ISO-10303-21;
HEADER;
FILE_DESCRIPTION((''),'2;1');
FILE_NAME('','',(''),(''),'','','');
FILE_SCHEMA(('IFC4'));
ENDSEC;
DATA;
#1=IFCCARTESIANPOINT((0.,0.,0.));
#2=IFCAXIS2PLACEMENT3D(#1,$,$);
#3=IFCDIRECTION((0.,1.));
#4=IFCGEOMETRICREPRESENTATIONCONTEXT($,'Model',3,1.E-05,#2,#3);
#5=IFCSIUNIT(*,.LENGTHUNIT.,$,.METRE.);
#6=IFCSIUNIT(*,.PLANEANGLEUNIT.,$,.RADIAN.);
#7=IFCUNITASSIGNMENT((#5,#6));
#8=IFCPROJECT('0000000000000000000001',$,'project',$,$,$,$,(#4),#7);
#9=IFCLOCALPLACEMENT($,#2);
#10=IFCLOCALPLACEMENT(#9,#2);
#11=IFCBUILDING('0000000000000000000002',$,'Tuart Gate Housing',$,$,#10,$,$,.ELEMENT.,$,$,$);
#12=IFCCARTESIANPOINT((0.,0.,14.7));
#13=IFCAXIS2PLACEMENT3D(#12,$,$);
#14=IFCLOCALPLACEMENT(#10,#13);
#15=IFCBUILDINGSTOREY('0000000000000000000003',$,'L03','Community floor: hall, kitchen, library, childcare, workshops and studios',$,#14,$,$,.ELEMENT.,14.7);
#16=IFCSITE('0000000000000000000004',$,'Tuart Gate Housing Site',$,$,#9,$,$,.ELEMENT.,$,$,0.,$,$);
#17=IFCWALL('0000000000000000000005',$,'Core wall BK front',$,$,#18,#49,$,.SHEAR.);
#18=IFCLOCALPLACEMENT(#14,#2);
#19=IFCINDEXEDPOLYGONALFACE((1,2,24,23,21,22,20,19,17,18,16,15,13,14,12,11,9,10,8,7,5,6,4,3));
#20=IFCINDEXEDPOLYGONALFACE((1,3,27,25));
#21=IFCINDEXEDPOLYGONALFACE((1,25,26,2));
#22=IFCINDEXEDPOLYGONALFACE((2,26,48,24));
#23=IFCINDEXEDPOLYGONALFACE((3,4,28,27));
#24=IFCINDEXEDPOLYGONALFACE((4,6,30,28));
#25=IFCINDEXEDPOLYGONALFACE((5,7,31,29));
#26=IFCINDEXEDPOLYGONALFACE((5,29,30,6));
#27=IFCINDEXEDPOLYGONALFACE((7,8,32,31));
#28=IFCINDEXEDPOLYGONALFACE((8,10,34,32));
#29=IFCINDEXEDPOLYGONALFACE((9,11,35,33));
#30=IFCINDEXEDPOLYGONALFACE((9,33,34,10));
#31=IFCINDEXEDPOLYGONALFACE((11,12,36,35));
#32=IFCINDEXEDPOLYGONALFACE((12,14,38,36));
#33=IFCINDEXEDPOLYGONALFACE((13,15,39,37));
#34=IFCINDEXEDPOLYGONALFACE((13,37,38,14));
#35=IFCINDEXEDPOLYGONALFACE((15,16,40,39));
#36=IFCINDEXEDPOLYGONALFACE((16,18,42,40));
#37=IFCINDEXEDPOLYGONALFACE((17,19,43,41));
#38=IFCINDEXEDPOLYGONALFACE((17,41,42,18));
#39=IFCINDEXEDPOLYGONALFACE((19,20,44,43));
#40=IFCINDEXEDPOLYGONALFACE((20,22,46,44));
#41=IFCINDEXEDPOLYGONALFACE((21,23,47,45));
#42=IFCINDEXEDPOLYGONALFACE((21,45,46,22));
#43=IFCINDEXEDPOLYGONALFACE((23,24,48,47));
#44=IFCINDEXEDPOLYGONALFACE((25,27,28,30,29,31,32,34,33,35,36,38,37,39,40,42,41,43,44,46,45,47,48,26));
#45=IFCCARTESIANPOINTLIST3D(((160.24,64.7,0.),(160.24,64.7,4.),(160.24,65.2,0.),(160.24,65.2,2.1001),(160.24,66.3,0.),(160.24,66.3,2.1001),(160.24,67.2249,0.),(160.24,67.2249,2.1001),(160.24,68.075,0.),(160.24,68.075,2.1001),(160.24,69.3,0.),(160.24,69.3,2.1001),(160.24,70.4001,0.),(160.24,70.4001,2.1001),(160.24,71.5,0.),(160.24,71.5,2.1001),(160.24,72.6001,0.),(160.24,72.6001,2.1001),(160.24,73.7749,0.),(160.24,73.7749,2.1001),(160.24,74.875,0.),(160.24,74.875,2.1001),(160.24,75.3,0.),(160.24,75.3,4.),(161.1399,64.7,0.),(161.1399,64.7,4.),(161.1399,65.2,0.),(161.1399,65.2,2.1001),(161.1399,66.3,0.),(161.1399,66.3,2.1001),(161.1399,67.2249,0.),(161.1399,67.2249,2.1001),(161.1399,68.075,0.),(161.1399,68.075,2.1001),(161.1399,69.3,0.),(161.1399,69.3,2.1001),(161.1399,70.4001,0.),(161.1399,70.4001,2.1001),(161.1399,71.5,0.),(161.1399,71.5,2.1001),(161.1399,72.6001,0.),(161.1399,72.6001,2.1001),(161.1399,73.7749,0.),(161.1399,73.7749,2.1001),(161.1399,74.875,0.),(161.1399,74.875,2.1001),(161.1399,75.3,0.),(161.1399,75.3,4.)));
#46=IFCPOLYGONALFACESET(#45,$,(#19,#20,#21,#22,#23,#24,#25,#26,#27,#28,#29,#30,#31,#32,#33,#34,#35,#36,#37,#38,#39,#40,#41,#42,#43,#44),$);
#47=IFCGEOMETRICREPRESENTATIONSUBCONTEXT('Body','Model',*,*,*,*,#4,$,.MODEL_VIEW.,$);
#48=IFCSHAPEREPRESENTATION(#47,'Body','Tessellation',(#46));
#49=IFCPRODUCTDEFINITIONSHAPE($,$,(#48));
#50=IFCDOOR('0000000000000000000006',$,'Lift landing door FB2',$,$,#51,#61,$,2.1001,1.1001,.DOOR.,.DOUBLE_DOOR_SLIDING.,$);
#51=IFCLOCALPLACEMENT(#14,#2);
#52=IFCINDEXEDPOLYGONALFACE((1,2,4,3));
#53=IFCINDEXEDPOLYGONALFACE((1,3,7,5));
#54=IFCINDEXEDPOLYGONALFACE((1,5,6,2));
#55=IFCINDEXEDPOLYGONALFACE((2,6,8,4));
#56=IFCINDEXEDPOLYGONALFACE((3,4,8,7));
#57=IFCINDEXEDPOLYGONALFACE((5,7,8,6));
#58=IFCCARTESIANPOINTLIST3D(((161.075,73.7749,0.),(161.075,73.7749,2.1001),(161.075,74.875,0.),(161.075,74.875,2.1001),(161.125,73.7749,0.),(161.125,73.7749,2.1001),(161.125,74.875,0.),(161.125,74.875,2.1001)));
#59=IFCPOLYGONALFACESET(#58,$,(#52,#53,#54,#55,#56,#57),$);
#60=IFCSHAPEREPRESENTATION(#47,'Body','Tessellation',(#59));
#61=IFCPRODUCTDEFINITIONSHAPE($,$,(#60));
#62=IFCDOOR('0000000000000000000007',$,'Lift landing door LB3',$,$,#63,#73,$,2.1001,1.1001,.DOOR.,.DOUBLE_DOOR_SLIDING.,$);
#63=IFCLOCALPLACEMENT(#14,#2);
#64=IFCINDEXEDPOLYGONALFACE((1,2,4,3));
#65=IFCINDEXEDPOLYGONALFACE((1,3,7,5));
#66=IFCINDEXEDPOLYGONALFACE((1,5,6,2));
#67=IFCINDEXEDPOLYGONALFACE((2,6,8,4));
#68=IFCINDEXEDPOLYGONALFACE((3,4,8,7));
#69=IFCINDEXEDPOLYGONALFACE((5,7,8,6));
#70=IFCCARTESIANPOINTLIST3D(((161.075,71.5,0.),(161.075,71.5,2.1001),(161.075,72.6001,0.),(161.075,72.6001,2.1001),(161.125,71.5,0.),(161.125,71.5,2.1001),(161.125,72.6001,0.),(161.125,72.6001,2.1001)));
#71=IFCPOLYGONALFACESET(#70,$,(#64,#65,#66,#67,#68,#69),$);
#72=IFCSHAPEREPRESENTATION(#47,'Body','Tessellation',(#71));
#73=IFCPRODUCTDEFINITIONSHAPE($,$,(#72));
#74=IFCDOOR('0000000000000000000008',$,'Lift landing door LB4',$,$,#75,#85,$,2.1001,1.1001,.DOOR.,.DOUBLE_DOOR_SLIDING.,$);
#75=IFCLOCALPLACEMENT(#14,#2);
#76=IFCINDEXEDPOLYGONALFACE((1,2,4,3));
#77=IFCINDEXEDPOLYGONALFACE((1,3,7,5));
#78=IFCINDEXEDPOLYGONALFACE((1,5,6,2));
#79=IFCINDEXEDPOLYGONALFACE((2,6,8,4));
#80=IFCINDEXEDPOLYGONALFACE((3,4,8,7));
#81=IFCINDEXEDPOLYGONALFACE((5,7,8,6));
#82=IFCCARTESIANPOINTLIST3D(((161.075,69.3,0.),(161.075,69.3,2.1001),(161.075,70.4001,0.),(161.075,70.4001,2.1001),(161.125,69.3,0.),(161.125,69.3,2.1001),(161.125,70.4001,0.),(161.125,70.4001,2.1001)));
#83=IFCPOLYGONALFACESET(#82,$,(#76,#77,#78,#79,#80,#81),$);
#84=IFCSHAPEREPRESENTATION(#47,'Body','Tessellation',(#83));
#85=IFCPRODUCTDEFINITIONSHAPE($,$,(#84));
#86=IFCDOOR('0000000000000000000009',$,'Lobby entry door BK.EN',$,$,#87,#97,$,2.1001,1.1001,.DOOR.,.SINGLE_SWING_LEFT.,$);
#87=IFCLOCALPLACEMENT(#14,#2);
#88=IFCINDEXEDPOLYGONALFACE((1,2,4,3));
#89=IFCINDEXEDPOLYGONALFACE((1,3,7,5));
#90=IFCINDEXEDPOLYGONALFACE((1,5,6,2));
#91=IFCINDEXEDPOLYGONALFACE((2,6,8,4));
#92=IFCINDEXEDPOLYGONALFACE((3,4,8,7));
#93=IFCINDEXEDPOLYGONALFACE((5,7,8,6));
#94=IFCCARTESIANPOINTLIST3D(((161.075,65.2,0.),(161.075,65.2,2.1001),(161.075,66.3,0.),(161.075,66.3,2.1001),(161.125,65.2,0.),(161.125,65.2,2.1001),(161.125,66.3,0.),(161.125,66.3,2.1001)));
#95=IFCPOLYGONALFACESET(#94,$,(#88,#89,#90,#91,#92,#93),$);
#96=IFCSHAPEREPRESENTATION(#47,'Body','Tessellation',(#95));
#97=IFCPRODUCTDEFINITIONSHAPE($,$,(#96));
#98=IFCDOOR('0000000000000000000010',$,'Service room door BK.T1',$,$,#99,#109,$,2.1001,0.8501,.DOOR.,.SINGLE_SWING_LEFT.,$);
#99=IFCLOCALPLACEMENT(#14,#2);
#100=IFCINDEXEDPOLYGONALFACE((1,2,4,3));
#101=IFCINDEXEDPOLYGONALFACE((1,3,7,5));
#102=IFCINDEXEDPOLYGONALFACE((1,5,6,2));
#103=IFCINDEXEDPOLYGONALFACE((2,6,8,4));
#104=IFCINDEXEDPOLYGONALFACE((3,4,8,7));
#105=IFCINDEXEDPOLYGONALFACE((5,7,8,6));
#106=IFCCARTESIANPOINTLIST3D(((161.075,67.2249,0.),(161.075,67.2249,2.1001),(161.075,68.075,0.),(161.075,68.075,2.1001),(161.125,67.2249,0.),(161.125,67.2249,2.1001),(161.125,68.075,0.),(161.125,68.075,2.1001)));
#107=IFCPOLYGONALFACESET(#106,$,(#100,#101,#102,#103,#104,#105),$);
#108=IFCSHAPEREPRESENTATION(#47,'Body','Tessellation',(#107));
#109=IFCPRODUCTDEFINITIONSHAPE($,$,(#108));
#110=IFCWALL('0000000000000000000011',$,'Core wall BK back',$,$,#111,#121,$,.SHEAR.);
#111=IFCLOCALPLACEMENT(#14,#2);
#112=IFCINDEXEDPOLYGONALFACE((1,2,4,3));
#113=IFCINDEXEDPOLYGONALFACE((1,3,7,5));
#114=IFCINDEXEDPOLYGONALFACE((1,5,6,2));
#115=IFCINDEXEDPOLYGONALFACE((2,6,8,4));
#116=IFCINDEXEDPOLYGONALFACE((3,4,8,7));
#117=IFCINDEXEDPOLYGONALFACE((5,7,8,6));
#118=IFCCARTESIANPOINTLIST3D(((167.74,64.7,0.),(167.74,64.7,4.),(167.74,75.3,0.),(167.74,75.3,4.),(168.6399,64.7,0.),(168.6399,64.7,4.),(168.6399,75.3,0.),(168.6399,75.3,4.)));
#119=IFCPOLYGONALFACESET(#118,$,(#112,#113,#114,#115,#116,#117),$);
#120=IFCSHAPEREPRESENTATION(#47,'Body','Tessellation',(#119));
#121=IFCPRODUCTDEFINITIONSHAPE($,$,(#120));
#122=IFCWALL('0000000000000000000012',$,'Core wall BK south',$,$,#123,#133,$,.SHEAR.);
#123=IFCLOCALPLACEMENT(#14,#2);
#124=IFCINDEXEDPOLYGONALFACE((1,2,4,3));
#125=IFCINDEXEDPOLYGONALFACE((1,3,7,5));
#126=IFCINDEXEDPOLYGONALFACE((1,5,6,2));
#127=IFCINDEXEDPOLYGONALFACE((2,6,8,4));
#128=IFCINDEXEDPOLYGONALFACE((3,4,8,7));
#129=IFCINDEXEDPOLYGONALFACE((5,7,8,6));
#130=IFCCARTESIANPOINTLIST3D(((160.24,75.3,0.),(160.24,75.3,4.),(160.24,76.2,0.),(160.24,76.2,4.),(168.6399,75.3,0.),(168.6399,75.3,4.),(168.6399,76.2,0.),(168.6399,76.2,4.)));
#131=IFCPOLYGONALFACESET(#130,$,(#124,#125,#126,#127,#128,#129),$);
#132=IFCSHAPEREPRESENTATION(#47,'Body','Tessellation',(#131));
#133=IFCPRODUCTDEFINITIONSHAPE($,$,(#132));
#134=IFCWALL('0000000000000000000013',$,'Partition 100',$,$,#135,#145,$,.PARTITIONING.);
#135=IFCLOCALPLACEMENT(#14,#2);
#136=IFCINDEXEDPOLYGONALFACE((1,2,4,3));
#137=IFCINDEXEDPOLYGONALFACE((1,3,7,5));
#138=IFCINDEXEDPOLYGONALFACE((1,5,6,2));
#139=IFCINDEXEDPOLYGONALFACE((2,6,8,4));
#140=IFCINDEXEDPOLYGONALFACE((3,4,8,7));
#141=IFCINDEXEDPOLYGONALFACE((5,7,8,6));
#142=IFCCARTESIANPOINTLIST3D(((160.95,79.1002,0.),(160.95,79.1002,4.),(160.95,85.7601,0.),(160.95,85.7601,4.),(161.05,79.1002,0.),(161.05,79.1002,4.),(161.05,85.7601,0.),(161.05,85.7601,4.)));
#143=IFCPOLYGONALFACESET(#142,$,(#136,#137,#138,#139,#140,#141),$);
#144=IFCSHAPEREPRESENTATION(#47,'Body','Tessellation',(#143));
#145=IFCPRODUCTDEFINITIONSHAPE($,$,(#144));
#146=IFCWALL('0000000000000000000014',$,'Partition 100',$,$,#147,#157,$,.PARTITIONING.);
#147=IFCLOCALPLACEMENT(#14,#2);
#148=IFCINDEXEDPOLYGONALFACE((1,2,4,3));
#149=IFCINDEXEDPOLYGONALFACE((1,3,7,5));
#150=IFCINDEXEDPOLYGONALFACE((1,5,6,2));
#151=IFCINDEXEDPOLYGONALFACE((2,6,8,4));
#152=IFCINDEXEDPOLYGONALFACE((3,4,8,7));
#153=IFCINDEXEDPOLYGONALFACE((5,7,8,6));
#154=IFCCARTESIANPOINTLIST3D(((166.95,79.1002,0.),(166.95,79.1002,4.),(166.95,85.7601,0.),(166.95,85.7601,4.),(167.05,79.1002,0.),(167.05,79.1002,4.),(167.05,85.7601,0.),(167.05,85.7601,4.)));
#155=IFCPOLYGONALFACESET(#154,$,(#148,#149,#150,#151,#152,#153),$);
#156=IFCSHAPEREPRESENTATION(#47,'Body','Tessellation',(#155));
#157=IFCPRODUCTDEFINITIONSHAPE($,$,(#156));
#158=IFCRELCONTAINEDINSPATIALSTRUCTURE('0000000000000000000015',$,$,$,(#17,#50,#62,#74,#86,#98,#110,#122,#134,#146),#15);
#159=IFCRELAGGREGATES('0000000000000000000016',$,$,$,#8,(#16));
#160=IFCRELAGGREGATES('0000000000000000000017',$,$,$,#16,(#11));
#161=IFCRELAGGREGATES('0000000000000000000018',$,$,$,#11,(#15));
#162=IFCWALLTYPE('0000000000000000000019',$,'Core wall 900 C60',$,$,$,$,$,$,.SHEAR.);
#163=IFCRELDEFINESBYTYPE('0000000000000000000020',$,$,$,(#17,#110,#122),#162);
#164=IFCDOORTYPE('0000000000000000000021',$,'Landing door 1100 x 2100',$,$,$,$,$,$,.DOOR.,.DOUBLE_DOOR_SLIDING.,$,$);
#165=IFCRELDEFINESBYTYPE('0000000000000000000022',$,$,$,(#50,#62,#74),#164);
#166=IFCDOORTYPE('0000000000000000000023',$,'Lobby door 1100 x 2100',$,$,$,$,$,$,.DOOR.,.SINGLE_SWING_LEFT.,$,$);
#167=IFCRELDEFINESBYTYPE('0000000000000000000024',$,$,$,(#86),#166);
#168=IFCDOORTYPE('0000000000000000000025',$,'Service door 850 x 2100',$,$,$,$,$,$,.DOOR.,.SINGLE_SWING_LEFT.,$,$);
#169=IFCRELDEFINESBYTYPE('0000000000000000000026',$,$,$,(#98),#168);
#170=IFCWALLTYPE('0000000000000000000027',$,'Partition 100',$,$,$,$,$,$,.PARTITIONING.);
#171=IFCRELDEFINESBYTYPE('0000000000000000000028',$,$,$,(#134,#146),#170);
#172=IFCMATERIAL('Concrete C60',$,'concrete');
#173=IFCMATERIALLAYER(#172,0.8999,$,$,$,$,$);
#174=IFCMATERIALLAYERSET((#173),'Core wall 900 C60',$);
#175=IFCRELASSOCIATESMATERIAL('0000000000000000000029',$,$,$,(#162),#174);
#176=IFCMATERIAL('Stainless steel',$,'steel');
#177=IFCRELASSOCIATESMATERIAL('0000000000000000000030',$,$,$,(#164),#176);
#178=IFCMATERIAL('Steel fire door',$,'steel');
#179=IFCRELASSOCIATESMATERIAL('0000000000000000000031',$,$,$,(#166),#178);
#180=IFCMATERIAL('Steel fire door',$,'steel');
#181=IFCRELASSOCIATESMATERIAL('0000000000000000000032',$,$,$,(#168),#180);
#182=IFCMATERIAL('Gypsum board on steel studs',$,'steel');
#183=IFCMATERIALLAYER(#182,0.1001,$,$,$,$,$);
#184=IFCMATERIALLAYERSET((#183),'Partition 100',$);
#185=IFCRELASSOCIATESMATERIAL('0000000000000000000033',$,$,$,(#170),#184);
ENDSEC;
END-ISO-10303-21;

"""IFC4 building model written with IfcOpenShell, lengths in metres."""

from ifc_helpers import new_model, si_unit, direction, frame, frame_2d, origin, place, context, subcontext, project, spatial, rectangle, extrude, material, layer, layer_set, type_object, element, fill, save


model = new_model("IFC4")

# Units and contexts
model_context = context("Model", 3, precision=1e-05, world=origin(), true_north=direction((0.0, 1.0)))
body_context = subcontext(model_context, "Body", "Model", "MODEL_VIEW")
ifc_project = project(units=[si_unit("LENGTHUNIT", "METRE"), si_unit("PLANEANGLEUNIT", "RADIAN")], contexts=[model_context])

# Site, building, storey
site_placement = place(None, origin())
site = spatial("IfcSite", under=ifc_project, at=site_placement, Name="Tuart Gate Housing Site", CompositionType="ELEMENT", RefElevation=0.0)
building_placement = place(site_placement, origin())
building = spatial("IfcBuilding", under=site, at=building_placement, Name="Tuart Gate Housing", CompositionType="ELEMENT")
storey_placement = place(building_placement, frame((0.0, 0.0, 14.7)))
storey = spatial("IfcBuildingStorey", under=building, at=storey_placement, Name="L03", Description="Community floor: hall, kitchen, library, childcare, workshops and studios", CompositionType="ELEMENT", Elevation=14.7)

# Wall, openings, doors
ifc_material_1 = material(Name="Concrete C60", Category="concrete")
ifc_layer_1 = layer(ifc_material_1, 0.8999)
ifc_layer_set_1 = layer_set([ifc_layer_1], Name="Core wall 900 C60")
wall_type_1 = type_object("IfcWallType", Name="Core wall 900 C60", PredefinedType="SHEAR", material=ifc_layer_set_1)
wall_1_placement = place(storey_placement, frame((160.6899, 75.3, 0.0), z_axis=(0.0, 0.0, 1.0), x_axis=(0.0, -1.0, 0.0)))
wall_1 = element("IfcWall", 1, at=wall_1_placement, inside=storey, type_object=wall_type_1, Name="Core wall BK front", PredefinedType="SHEAR", context=body_context, shape_type="SweptSolid", body=[
    extrude(rectangle(XDim=10.6001, YDim=0.8999, at=frame_2d((5.3, 0.0))), origin(), (0.0, 0.0, 1.0), 4.0),
])
opening_1_placement = place(wall_1_placement, frame((0.425, 0.0, 0.0)))
opening_1 = element("IfcOpeningElement", 2, at=opening_1_placement, cuts=wall_1, PredefinedType="OPENING", context=body_context, shape_type="SweptSolid", body=[
    extrude(rectangle(XDim=1.1001, YDim=2.1001, at=frame_2d((0.55, 1.05))), frame((0.0, 0.46, 0.0), z_axis=(0.0, -1.0, 0.0), x_axis=(1.0, 0.0, 0.0)), (0.0, 0.0, 1.0), 0.9199),
])
opening_2_placement = place(wall_1_placement, frame((2.7, 0.0, 0.0)))
opening_2 = element("IfcOpeningElement", 3, at=opening_2_placement, cuts=wall_1, PredefinedType="OPENING", context=body_context, shape_type="SweptSolid", body=[
    extrude(rectangle(XDim=1.1001, YDim=2.1001, at=frame_2d((0.55, 1.05))), frame((0.0, 0.46, 0.0), z_axis=(0.0, -1.0, 0.0), x_axis=(1.0, 0.0, 0.0)), (0.0, 0.0, 1.0), 0.9199),
])
opening_3_placement = place(wall_1_placement, frame((4.8999, 0.0, 0.0)))
opening_3 = element("IfcOpeningElement", 4, at=opening_3_placement, cuts=wall_1, PredefinedType="OPENING", context=body_context, shape_type="SweptSolid", body=[
    extrude(rectangle(XDim=1.1001, YDim=2.1001, at=frame_2d((0.55, 1.05))), frame((0.0, 0.46, 0.0), z_axis=(0.0, -1.0, 0.0), x_axis=(1.0, 0.0, 0.0)), (0.0, 0.0, 1.0), 0.9199),
])
opening_4_placement = place(wall_1_placement, frame((9.0, 0.0, 0.0)))
opening_4 = element("IfcOpeningElement", 5, at=opening_4_placement, cuts=wall_1, PredefinedType="OPENING", context=body_context, shape_type="SweptSolid", body=[
    extrude(rectangle(XDim=1.1001, YDim=2.1001, at=frame_2d((0.55, 1.05))), frame((0.0, 0.46, 0.0), z_axis=(0.0, -1.0, 0.0), x_axis=(1.0, 0.0, 0.0)), (0.0, 0.0, 1.0), 0.9199),
])
opening_5_placement = place(wall_1_placement, frame((7.2251, 0.0, 0.0)))
opening_5 = element("IfcOpeningElement", 6, at=opening_5_placement, cuts=wall_1, PredefinedType="OPENING", context=body_context, shape_type="SweptSolid", body=[
    extrude(rectangle(XDim=0.8501, YDim=2.1001, at=frame_2d((0.425, 1.05))), frame((0.0, 0.46, 0.0), z_axis=(0.0, -1.0, 0.0), x_axis=(1.0, 0.0, 0.0)), (0.0, 0.0, 1.0), 0.9199),
])
ifc_material_2 = material(Name="Stainless steel", Category="steel")
door_type_1 = type_object("IfcDoorType", Name="Landing door 1100 x 2100", OperationType="DOUBLE_DOOR_SLIDING", PredefinedType="DOOR", material=ifc_material_2)
door_1_placement = place(opening_1_placement, origin())
door_1 = element("IfcDoor", 7, at=door_1_placement, inside=storey, type_object=door_type_1, Name="Lift landing door FB2", OperationType="DOUBLE_DOOR_SLIDING", OverallHeight=2.1001, OverallWidth=1.1001, PredefinedType="DOOR", context=body_context, shape_type="SweptSolid", body=[
    extrude(rectangle(XDim=1.1001, YDim=2.1001, at=frame_2d((0.55, 1.05))), frame((0.0, 0.4351, 0.0), z_axis=(0.0, -1.0, 0.0), x_axis=(1.0, 0.0, 0.0)), (0.0, 0.0, 1.0), 0.05),
])
fill(opening_1, door_1)
door_2_placement = place(opening_2_placement, origin())
door_2 = element("IfcDoor", 8, at=door_2_placement, inside=storey, type_object=door_type_1, Name="Lift landing door LB3", OperationType="DOUBLE_DOOR_SLIDING", OverallHeight=2.1001, OverallWidth=1.1001, PredefinedType="DOOR", context=body_context, shape_type="SweptSolid", body=[
    extrude(rectangle(XDim=1.1001, YDim=2.1001, at=frame_2d((0.55, 1.05))), frame((0.0, 0.4351, 0.0), z_axis=(0.0, -1.0, 0.0), x_axis=(1.0, 0.0, 0.0)), (0.0, 0.0, 1.0), 0.05),
])
fill(opening_2, door_2)
door_3_placement = place(opening_3_placement, origin())
door_3 = element("IfcDoor", 9, at=door_3_placement, inside=storey, type_object=door_type_1, Name="Lift landing door LB4", OperationType="DOUBLE_DOOR_SLIDING", OverallHeight=2.1001, OverallWidth=1.1001, PredefinedType="DOOR", context=body_context, shape_type="SweptSolid", body=[
    extrude(rectangle(XDim=1.1001, YDim=2.1001, at=frame_2d((0.55, 1.05))), frame((0.0, 0.4351, 0.0), z_axis=(0.0, -1.0, 0.0), x_axis=(1.0, 0.0, 0.0)), (0.0, 0.0, 1.0), 0.05),
])
fill(opening_3, door_3)
ifc_material_3 = material(Name="Steel fire door", Category="steel")
door_type_2 = type_object("IfcDoorType", Name="Lobby door 1100 x 2100", OperationType="SINGLE_SWING_LEFT", PredefinedType="DOOR", material=ifc_material_3)
door_4_placement = place(opening_4_placement, origin())
door_4 = element("IfcDoor", 10, at=door_4_placement, inside=storey, type_object=door_type_2, Name="Lobby entry door BK.EN", OperationType="SINGLE_SWING_LEFT", OverallHeight=2.1001, OverallWidth=1.1001, PredefinedType="DOOR", context=body_context, shape_type="SweptSolid", body=[
    extrude(rectangle(XDim=1.1001, YDim=2.1001, at=frame_2d((0.55, 1.05))), frame((0.0, 0.4351, 0.0), z_axis=(0.0, -1.0, 0.0), x_axis=(1.0, 0.0, 0.0)), (0.0, 0.0, 1.0), 0.05),
])
fill(opening_4, door_4)
ifc_material_4 = material(Name="Steel fire door", Category="steel")
door_type_3 = type_object("IfcDoorType", Name="Service door 850 x 2100", OperationType="SINGLE_SWING_LEFT", PredefinedType="DOOR", material=ifc_material_4)
door_5_placement = place(opening_5_placement, origin())
door_5 = element("IfcDoor", 11, at=door_5_placement, inside=storey, type_object=door_type_3, Name="Service room door BK.T1", OperationType="SINGLE_SWING_LEFT", OverallHeight=2.1001, OverallWidth=0.8501, PredefinedType="DOOR", context=body_context, shape_type="SweptSolid", body=[
    extrude(rectangle(XDim=0.8501, YDim=2.1001, at=frame_2d((0.425, 1.05))), frame((0.0, 0.4351, 0.0), z_axis=(0.0, -1.0, 0.0), x_axis=(1.0, 0.0, 0.0)), (0.0, 0.0, 1.0), 0.05),
])
fill(opening_5, door_5)

# Walls
wall_2_placement = place(storey_placement, frame((168.1899, 75.3, 0.0), z_axis=(0.0, 0.0, 1.0), x_axis=(0.0, -1.0, 0.0)))
element("IfcWall", 12, at=wall_2_placement, inside=storey, type_object=wall_type_1, Name="Core wall BK back", PredefinedType="SHEAR", context=body_context, shape_type="SweptSolid", body=[
    extrude(rectangle(XDim=10.6001, YDim=0.8999, at=frame_2d((5.3, 0.0))), origin(), (0.0, 0.0, 1.0), 4.0),
])
wall_3_placement = place(storey_placement, frame((160.24, 75.75, 0.0), z_axis=(0.0, 0.0, 1.0), x_axis=(1.0, 0.0, 0.0)))
element("IfcWall", 13, at=wall_3_placement, inside=storey, type_object=wall_type_1, Name="Core wall BK south", PredefinedType="SHEAR", context=body_context, shape_type="SweptSolid", body=[
    extrude(rectangle(XDim=8.3999, YDim=0.8999, at=frame_2d((4.2, 0.0))), origin(), (0.0, 0.0, 1.0), 4.0),
])
ifc_material_5 = material(Name="Gypsum board on steel studs", Category="steel")
ifc_layer_2 = layer(ifc_material_5, 0.1001)
ifc_layer_set_2 = layer_set([ifc_layer_2], Name="Partition 100")
wall_type_2 = type_object("IfcWallType", Name="Partition 100", PredefinedType="PARTITIONING", material=ifc_layer_set_2)
for number, where, z_axis, x_axis, name in (
    (14, (161.0, 79.1001, 0.0), (0.0, 0.0, 1.0), (0.0, 1.0, 0.0), "Partition 100"),
    (15, (167.0, 79.1001, 0.0), (0.0, 0.0, 1.0), (0.0, 1.0, 0.0), "Partition 100"),
):
    element("IfcWall", number, at=place(storey_placement, frame(where, z_axis=z_axis, x_axis=x_axis)), inside=storey, type_object=wall_type_2, Name=name, PredefinedType="PARTITIONING", context=body_context, shape_type="SweptSolid", body=[
        extrude(rectangle(XDim=6.6599, YDim=0.1001, at=frame_2d((3.3301, 0.0))), origin(), (0.0, 0.0, 1.0), 4.0),
    ])

save(model, "model.ifc")
